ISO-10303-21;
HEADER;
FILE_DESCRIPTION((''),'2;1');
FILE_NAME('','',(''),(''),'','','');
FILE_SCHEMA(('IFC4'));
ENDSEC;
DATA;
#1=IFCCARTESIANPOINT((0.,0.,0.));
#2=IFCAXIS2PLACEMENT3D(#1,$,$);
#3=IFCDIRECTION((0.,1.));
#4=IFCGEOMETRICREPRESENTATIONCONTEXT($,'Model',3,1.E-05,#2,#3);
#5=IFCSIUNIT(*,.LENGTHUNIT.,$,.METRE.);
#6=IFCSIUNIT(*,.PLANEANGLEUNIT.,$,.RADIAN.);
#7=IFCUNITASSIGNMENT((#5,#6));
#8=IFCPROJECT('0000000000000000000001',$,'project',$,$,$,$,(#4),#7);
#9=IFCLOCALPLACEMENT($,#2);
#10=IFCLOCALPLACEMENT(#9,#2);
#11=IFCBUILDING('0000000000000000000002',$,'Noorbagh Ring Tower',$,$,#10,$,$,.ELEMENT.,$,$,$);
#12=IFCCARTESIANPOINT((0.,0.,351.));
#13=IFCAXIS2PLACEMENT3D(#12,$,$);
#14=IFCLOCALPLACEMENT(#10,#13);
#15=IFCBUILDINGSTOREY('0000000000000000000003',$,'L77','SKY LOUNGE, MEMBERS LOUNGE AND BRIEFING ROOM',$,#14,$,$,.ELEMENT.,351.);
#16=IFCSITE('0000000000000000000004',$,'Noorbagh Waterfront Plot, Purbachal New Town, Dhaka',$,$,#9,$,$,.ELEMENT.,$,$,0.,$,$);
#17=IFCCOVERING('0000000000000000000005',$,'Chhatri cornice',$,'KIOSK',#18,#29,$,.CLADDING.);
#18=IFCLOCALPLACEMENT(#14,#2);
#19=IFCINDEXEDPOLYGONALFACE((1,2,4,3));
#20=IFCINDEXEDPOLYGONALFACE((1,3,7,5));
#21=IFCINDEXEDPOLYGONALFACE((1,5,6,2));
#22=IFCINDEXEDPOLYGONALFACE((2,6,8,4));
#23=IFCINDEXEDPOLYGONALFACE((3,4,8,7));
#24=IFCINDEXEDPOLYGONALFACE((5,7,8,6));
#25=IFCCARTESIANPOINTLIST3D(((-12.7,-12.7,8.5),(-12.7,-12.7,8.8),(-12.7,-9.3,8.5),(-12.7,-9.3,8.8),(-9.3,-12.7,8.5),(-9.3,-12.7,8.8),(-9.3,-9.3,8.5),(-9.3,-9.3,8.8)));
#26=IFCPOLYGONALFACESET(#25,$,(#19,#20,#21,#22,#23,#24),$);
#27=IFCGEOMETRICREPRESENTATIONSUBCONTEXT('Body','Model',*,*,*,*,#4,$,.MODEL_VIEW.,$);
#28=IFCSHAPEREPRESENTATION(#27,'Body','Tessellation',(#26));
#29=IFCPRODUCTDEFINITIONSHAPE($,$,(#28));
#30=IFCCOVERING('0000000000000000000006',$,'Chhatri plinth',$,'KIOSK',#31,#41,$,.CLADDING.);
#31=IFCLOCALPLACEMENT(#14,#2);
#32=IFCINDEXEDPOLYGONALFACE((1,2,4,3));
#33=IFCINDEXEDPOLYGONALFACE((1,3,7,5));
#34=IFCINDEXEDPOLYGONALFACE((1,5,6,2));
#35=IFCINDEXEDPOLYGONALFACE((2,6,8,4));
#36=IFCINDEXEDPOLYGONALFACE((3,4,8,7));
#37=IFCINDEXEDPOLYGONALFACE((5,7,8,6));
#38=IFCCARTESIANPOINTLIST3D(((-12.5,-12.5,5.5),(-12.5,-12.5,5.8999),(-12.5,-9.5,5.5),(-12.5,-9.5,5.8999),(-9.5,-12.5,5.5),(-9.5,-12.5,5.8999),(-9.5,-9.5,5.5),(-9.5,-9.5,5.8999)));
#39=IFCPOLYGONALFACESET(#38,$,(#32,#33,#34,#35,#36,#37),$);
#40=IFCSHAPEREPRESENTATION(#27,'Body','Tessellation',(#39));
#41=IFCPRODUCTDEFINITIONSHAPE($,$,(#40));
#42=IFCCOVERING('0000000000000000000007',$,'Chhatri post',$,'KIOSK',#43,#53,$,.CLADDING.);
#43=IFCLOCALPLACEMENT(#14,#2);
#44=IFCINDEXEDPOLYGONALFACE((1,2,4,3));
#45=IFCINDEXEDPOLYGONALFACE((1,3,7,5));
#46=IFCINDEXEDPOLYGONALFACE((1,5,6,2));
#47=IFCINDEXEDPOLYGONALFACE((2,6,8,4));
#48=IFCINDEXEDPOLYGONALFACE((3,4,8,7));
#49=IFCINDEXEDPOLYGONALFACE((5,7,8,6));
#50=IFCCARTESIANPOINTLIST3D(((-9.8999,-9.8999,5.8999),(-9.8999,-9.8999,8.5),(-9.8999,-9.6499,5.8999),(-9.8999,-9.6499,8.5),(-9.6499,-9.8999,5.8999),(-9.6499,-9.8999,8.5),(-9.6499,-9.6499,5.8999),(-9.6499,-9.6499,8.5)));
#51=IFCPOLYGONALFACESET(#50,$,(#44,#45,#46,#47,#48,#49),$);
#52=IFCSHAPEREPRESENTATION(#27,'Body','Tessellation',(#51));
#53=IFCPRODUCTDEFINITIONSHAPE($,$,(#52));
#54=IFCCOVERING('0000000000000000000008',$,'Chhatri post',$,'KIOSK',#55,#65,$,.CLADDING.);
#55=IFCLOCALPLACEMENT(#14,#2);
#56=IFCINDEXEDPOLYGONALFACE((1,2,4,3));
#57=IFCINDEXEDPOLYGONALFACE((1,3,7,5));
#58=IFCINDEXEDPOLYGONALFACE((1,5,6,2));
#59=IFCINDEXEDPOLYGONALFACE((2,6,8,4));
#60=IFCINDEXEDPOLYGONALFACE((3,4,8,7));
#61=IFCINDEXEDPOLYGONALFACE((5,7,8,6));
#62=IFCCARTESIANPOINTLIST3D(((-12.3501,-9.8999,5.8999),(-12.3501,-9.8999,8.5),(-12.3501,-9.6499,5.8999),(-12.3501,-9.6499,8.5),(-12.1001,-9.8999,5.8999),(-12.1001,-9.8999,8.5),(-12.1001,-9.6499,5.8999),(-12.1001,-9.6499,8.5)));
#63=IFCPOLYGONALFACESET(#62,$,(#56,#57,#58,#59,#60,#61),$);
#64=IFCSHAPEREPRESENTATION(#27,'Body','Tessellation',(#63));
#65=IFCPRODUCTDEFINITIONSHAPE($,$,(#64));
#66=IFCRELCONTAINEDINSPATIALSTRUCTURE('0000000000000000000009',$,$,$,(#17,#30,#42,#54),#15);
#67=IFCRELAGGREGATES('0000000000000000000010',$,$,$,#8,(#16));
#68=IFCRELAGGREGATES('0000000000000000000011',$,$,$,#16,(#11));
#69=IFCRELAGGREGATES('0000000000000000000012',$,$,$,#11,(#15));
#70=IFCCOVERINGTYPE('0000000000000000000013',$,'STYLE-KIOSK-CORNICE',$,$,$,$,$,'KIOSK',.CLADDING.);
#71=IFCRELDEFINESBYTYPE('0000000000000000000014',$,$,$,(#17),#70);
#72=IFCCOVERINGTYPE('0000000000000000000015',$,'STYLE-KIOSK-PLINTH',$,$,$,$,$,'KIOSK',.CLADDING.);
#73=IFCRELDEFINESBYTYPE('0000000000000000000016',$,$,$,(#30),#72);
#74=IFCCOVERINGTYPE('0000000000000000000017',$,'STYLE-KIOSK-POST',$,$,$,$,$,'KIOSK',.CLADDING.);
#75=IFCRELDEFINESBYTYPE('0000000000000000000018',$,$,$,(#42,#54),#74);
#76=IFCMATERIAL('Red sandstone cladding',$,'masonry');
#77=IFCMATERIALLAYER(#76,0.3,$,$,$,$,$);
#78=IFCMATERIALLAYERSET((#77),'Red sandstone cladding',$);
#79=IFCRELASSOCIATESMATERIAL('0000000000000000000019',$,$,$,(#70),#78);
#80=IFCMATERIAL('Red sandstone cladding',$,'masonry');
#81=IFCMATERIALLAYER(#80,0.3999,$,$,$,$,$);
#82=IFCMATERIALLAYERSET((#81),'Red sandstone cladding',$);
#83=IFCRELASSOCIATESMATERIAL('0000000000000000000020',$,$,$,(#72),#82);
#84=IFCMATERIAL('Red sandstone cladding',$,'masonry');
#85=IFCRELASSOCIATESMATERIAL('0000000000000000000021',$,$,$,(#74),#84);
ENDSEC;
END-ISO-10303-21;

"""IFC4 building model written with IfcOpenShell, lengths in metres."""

from ifc_helpers import new_model, si_unit, direction, frame, origin, origin_2d, place, context, subcontext, project, spatial, rectangle, extrude, material, layer, layer_set, type_object, element, save


model = new_model("IFC4")

# Units and contexts
model_context = context("Model", 3, precision=1e-05, world=origin(), true_north=direction((0.0, 1.0)))
body_context = subcontext(model_context, "Body", "Model", "MODEL_VIEW")
ifc_project = project(units=[si_unit("LENGTHUNIT", "METRE"), si_unit("PLANEANGLEUNIT", "RADIAN")], contexts=[model_context])

# Site, building, storey
site_placement = place(None, origin())
site = spatial("IfcSite", under=ifc_project, at=site_placement, Name="Noorbagh Waterfront Plot, Purbachal New Town, Dhaka", CompositionType="ELEMENT", RefElevation=0.0)
building_placement = place(site_placement, origin())
building = spatial("IfcBuilding", under=site, at=building_placement, Name="Noorbagh Ring Tower", CompositionType="ELEMENT")
storey_placement = place(building_placement, frame((0.0, 0.0, 351.0)))
storey = spatial("IfcBuildingStorey", under=building, at=storey_placement, Name="L77", Description="SKY LOUNGE, MEMBERS LOUNGE AND BRIEFING ROOM", CompositionType="ELEMENT", Elevation=351.0)

# Coverings
ifc_material_1 = material(Name="Red sandstone cladding", Category="masonry")
ifc_layer_1 = layer(ifc_material_1, 0.3)
ifc_layer_set_1 = layer_set([ifc_layer_1], Name="Red sandstone cladding")
covering_type_1 = type_object("IfcCoveringType", Name="STYLE-KIOSK-CORNICE", ElementType="KIOSK", PredefinedType="CLADDING", material=ifc_layer_set_1)
covering_1_placement = place(storey_placement, frame((-11.0, -11.0, 8.5), z_axis=(0.0, 0.0, 1.0), x_axis=(1.0, 0.0, 0.0)))
element("IfcCovering", 1, at=covering_1_placement, inside=storey, type_object=covering_type_1, Name="Chhatri cornice", ObjectType="KIOSK", PredefinedType="CLADDING", context=body_context, shape_type="SweptSolid", body=[
    extrude(rectangle(XDim=3.3999, YDim=3.3999, at=origin_2d()), origin(), (0.0, 0.0, 1.0), 0.3),
])
ifc_material_2 = material(Name="Red sandstone cladding", Category="masonry")
ifc_layer_2 = layer(ifc_material_2, 0.3999)
ifc_layer_set_2 = layer_set([ifc_layer_2], Name="Red sandstone cladding")
covering_type_2 = type_object("IfcCoveringType", Name="STYLE-KIOSK-PLINTH", ElementType="KIOSK", PredefinedType="CLADDING", material=ifc_layer_set_2)
covering_2_placement = place(storey_placement, frame((-11.0, -11.0, 5.5), z_axis=(0.0, 0.0, 1.0), x_axis=(1.0, 0.0, 0.0)))
element("IfcCovering", 2, at=covering_2_placement, inside=storey, type_object=covering_type_2, Name="Chhatri plinth", ObjectType="KIOSK", PredefinedType="CLADDING", context=body_context, shape_type="SweptSolid", body=[
    extrude(rectangle(XDim=3.0, YDim=3.0, at=origin_2d()), origin(), (0.0, 0.0, 1.0), 0.3999),
])
ifc_material_3 = material(Name="Red sandstone cladding", Category="masonry")
covering_type_3 = type_object("IfcCoveringType", Name="STYLE-KIOSK-POST", ElementType="KIOSK", PredefinedType="CLADDING", material=ifc_material_3)
for number, where, z_axis, x_axis, name in (
    (3, (-9.7749, -9.7749, 5.8999), (0.0, 0.0, 1.0), (1.0, 0.0, 0.0), "Chhatri post"),
    (4, (-12.2251, -9.7749, 5.8999), (0.0, 0.0, 1.0), (1.0, 0.0, 0.0), "Chhatri post"),
):
    element("IfcCovering", number, at=place(storey_placement, frame(where, z_axis=z_axis, x_axis=x_axis)), inside=storey, type_object=covering_type_3, Name=name, ObjectType="KIOSK", PredefinedType="CLADDING", context=body_context, shape_type="SweptSolid", body=[
        extrude(rectangle(XDim=0.25, YDim=0.25, at=origin_2d()), origin(), (0.0, 0.0, 1.0), 2.6001),
    ])

save(model, "model.ifc")
